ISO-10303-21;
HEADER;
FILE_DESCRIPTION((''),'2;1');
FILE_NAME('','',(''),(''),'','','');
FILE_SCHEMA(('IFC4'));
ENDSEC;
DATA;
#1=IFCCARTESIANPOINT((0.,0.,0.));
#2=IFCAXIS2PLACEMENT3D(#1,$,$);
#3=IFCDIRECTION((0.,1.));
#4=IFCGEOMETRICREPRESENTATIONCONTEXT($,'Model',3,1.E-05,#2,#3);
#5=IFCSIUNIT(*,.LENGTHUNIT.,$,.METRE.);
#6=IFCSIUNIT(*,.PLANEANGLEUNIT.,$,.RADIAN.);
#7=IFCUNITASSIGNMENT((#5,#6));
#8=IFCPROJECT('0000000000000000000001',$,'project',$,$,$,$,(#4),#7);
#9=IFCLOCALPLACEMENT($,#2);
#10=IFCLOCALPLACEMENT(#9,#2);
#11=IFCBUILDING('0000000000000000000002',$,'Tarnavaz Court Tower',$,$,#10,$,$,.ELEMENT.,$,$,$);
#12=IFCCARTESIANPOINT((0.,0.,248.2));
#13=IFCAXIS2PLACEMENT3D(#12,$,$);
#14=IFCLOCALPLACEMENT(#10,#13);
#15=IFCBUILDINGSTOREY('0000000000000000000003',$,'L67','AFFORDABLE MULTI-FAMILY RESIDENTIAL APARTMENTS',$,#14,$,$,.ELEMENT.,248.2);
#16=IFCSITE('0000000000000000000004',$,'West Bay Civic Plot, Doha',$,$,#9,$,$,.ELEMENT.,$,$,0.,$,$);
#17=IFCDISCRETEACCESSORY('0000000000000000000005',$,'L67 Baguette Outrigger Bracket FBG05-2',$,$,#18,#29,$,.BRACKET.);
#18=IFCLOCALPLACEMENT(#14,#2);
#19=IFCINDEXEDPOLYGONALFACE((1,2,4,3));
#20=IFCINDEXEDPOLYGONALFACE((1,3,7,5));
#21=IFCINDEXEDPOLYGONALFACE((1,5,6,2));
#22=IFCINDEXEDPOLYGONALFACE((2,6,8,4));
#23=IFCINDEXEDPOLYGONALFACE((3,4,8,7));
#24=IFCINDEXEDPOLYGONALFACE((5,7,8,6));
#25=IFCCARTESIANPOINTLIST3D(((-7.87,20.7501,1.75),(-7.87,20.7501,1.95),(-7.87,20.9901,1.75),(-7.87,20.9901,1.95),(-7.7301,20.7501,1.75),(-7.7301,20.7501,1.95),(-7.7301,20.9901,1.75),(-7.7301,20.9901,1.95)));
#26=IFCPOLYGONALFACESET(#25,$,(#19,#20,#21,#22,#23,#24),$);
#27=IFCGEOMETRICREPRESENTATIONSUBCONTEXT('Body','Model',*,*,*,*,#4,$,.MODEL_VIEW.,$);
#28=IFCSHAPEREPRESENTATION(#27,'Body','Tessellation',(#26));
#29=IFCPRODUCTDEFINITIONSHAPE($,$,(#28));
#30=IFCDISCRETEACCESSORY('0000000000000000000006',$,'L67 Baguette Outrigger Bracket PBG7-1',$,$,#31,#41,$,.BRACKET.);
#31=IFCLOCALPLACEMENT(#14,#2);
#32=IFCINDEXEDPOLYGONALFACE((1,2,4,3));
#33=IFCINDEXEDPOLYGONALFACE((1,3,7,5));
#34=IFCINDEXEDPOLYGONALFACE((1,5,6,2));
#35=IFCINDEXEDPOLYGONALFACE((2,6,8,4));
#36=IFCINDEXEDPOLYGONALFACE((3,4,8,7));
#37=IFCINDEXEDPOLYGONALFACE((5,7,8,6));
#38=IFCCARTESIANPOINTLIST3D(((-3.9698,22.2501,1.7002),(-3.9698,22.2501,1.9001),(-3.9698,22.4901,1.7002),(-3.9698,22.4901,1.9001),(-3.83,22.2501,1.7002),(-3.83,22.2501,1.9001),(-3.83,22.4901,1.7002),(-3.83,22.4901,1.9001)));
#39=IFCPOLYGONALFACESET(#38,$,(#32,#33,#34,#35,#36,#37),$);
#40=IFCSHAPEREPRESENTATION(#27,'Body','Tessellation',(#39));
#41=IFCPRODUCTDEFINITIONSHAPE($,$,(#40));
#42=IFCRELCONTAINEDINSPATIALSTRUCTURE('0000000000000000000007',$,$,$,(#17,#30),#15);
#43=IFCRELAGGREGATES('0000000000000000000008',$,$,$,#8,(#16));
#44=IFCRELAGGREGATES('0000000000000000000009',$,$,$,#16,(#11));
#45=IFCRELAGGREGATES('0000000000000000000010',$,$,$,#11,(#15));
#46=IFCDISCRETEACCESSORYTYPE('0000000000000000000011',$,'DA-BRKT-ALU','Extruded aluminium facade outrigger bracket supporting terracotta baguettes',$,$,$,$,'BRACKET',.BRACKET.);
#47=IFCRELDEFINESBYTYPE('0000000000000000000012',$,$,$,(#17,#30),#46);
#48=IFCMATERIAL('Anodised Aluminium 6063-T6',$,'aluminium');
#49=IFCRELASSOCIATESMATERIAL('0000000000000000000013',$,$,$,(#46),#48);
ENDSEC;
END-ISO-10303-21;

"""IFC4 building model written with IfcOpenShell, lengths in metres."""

from ifc_helpers import new_model, si_unit, direction, frame, origin, origin_2d, place, context, subcontext, project, spatial, rectangle, extrude, material, type_object, element, save


model = new_model("IFC4")

# Units and contexts
model_context = context("Model", 3, precision=1e-05, world=origin(), true_north=direction((0.0, 1.0)))
body_context = subcontext(model_context, "Body", "Model", "MODEL_VIEW")
ifc_project = project(units=[si_unit("LENGTHUNIT", "METRE"), si_unit("PLANEANGLEUNIT", "RADIAN")], contexts=[model_context])

# Site, building, storey
site_placement = place(None, origin())
site = spatial("IfcSite", under=ifc_project, at=site_placement, Name="West Bay Civic Plot, Doha", CompositionType="ELEMENT", RefElevation=0.0)
building_placement = place(site_placement, origin())
building = spatial("IfcBuilding", under=site, at=building_placement, Name="Tarnavaz Court Tower", CompositionType="ELEMENT")
storey_placement = place(building_placement, frame((0.0, 0.0, 248.2)))
storey = spatial("IfcBuildingStorey", under=building, at=storey_placement, Name="L67", Description="AFFORDABLE MULTI-FAMILY RESIDENTIAL APARTMENTS", CompositionType="ELEMENT", Elevation=248.2)

# Shared definitions
ifc_material_1 = material(Name="Anodised Aluminium 6063-T6", Category="aluminium")

# Discrete accessories
discrete_accessory_type = type_object("IfcDiscreteAccessoryType", Name="DA-BRKT-ALU", Description="Extruded aluminium facade outrigger bracket supporting terracotta baguettes", ElementType="BRACKET", PredefinedType="BRACKET", material=ifc_material_1)
for number, where, z_axis, x_axis, name in (
    (1, (-7.8, 20.8701, 1.75), (0.0, 0.0, 1.0), (1.0, 0.0, 0.0), "L67 Baguette Outrigger Bracket FBG05-2"),
    (2, (-3.8999, 22.3701, 1.7002), (0.0, 0.0, 1.0), (1.0, 0.0, 0.0), "L67 Baguette Outrigger Bracket PBG7-1"),
):
    element("IfcDiscreteAccessory", number, at=place(storey_placement, frame(where, z_axis=z_axis, x_axis=x_axis)), inside=storey, type_object=discrete_accessory_type, Name=name, PredefinedType="BRACKET", context=body_context, shape_type="SweptSolid", body=[
        extrude(rectangle(XDim=0.1399, YDim=0.24, at=origin_2d()), origin(), (0.0, 0.0, 1.0), 0.2),
    ])

save(model, "model.ifc")
